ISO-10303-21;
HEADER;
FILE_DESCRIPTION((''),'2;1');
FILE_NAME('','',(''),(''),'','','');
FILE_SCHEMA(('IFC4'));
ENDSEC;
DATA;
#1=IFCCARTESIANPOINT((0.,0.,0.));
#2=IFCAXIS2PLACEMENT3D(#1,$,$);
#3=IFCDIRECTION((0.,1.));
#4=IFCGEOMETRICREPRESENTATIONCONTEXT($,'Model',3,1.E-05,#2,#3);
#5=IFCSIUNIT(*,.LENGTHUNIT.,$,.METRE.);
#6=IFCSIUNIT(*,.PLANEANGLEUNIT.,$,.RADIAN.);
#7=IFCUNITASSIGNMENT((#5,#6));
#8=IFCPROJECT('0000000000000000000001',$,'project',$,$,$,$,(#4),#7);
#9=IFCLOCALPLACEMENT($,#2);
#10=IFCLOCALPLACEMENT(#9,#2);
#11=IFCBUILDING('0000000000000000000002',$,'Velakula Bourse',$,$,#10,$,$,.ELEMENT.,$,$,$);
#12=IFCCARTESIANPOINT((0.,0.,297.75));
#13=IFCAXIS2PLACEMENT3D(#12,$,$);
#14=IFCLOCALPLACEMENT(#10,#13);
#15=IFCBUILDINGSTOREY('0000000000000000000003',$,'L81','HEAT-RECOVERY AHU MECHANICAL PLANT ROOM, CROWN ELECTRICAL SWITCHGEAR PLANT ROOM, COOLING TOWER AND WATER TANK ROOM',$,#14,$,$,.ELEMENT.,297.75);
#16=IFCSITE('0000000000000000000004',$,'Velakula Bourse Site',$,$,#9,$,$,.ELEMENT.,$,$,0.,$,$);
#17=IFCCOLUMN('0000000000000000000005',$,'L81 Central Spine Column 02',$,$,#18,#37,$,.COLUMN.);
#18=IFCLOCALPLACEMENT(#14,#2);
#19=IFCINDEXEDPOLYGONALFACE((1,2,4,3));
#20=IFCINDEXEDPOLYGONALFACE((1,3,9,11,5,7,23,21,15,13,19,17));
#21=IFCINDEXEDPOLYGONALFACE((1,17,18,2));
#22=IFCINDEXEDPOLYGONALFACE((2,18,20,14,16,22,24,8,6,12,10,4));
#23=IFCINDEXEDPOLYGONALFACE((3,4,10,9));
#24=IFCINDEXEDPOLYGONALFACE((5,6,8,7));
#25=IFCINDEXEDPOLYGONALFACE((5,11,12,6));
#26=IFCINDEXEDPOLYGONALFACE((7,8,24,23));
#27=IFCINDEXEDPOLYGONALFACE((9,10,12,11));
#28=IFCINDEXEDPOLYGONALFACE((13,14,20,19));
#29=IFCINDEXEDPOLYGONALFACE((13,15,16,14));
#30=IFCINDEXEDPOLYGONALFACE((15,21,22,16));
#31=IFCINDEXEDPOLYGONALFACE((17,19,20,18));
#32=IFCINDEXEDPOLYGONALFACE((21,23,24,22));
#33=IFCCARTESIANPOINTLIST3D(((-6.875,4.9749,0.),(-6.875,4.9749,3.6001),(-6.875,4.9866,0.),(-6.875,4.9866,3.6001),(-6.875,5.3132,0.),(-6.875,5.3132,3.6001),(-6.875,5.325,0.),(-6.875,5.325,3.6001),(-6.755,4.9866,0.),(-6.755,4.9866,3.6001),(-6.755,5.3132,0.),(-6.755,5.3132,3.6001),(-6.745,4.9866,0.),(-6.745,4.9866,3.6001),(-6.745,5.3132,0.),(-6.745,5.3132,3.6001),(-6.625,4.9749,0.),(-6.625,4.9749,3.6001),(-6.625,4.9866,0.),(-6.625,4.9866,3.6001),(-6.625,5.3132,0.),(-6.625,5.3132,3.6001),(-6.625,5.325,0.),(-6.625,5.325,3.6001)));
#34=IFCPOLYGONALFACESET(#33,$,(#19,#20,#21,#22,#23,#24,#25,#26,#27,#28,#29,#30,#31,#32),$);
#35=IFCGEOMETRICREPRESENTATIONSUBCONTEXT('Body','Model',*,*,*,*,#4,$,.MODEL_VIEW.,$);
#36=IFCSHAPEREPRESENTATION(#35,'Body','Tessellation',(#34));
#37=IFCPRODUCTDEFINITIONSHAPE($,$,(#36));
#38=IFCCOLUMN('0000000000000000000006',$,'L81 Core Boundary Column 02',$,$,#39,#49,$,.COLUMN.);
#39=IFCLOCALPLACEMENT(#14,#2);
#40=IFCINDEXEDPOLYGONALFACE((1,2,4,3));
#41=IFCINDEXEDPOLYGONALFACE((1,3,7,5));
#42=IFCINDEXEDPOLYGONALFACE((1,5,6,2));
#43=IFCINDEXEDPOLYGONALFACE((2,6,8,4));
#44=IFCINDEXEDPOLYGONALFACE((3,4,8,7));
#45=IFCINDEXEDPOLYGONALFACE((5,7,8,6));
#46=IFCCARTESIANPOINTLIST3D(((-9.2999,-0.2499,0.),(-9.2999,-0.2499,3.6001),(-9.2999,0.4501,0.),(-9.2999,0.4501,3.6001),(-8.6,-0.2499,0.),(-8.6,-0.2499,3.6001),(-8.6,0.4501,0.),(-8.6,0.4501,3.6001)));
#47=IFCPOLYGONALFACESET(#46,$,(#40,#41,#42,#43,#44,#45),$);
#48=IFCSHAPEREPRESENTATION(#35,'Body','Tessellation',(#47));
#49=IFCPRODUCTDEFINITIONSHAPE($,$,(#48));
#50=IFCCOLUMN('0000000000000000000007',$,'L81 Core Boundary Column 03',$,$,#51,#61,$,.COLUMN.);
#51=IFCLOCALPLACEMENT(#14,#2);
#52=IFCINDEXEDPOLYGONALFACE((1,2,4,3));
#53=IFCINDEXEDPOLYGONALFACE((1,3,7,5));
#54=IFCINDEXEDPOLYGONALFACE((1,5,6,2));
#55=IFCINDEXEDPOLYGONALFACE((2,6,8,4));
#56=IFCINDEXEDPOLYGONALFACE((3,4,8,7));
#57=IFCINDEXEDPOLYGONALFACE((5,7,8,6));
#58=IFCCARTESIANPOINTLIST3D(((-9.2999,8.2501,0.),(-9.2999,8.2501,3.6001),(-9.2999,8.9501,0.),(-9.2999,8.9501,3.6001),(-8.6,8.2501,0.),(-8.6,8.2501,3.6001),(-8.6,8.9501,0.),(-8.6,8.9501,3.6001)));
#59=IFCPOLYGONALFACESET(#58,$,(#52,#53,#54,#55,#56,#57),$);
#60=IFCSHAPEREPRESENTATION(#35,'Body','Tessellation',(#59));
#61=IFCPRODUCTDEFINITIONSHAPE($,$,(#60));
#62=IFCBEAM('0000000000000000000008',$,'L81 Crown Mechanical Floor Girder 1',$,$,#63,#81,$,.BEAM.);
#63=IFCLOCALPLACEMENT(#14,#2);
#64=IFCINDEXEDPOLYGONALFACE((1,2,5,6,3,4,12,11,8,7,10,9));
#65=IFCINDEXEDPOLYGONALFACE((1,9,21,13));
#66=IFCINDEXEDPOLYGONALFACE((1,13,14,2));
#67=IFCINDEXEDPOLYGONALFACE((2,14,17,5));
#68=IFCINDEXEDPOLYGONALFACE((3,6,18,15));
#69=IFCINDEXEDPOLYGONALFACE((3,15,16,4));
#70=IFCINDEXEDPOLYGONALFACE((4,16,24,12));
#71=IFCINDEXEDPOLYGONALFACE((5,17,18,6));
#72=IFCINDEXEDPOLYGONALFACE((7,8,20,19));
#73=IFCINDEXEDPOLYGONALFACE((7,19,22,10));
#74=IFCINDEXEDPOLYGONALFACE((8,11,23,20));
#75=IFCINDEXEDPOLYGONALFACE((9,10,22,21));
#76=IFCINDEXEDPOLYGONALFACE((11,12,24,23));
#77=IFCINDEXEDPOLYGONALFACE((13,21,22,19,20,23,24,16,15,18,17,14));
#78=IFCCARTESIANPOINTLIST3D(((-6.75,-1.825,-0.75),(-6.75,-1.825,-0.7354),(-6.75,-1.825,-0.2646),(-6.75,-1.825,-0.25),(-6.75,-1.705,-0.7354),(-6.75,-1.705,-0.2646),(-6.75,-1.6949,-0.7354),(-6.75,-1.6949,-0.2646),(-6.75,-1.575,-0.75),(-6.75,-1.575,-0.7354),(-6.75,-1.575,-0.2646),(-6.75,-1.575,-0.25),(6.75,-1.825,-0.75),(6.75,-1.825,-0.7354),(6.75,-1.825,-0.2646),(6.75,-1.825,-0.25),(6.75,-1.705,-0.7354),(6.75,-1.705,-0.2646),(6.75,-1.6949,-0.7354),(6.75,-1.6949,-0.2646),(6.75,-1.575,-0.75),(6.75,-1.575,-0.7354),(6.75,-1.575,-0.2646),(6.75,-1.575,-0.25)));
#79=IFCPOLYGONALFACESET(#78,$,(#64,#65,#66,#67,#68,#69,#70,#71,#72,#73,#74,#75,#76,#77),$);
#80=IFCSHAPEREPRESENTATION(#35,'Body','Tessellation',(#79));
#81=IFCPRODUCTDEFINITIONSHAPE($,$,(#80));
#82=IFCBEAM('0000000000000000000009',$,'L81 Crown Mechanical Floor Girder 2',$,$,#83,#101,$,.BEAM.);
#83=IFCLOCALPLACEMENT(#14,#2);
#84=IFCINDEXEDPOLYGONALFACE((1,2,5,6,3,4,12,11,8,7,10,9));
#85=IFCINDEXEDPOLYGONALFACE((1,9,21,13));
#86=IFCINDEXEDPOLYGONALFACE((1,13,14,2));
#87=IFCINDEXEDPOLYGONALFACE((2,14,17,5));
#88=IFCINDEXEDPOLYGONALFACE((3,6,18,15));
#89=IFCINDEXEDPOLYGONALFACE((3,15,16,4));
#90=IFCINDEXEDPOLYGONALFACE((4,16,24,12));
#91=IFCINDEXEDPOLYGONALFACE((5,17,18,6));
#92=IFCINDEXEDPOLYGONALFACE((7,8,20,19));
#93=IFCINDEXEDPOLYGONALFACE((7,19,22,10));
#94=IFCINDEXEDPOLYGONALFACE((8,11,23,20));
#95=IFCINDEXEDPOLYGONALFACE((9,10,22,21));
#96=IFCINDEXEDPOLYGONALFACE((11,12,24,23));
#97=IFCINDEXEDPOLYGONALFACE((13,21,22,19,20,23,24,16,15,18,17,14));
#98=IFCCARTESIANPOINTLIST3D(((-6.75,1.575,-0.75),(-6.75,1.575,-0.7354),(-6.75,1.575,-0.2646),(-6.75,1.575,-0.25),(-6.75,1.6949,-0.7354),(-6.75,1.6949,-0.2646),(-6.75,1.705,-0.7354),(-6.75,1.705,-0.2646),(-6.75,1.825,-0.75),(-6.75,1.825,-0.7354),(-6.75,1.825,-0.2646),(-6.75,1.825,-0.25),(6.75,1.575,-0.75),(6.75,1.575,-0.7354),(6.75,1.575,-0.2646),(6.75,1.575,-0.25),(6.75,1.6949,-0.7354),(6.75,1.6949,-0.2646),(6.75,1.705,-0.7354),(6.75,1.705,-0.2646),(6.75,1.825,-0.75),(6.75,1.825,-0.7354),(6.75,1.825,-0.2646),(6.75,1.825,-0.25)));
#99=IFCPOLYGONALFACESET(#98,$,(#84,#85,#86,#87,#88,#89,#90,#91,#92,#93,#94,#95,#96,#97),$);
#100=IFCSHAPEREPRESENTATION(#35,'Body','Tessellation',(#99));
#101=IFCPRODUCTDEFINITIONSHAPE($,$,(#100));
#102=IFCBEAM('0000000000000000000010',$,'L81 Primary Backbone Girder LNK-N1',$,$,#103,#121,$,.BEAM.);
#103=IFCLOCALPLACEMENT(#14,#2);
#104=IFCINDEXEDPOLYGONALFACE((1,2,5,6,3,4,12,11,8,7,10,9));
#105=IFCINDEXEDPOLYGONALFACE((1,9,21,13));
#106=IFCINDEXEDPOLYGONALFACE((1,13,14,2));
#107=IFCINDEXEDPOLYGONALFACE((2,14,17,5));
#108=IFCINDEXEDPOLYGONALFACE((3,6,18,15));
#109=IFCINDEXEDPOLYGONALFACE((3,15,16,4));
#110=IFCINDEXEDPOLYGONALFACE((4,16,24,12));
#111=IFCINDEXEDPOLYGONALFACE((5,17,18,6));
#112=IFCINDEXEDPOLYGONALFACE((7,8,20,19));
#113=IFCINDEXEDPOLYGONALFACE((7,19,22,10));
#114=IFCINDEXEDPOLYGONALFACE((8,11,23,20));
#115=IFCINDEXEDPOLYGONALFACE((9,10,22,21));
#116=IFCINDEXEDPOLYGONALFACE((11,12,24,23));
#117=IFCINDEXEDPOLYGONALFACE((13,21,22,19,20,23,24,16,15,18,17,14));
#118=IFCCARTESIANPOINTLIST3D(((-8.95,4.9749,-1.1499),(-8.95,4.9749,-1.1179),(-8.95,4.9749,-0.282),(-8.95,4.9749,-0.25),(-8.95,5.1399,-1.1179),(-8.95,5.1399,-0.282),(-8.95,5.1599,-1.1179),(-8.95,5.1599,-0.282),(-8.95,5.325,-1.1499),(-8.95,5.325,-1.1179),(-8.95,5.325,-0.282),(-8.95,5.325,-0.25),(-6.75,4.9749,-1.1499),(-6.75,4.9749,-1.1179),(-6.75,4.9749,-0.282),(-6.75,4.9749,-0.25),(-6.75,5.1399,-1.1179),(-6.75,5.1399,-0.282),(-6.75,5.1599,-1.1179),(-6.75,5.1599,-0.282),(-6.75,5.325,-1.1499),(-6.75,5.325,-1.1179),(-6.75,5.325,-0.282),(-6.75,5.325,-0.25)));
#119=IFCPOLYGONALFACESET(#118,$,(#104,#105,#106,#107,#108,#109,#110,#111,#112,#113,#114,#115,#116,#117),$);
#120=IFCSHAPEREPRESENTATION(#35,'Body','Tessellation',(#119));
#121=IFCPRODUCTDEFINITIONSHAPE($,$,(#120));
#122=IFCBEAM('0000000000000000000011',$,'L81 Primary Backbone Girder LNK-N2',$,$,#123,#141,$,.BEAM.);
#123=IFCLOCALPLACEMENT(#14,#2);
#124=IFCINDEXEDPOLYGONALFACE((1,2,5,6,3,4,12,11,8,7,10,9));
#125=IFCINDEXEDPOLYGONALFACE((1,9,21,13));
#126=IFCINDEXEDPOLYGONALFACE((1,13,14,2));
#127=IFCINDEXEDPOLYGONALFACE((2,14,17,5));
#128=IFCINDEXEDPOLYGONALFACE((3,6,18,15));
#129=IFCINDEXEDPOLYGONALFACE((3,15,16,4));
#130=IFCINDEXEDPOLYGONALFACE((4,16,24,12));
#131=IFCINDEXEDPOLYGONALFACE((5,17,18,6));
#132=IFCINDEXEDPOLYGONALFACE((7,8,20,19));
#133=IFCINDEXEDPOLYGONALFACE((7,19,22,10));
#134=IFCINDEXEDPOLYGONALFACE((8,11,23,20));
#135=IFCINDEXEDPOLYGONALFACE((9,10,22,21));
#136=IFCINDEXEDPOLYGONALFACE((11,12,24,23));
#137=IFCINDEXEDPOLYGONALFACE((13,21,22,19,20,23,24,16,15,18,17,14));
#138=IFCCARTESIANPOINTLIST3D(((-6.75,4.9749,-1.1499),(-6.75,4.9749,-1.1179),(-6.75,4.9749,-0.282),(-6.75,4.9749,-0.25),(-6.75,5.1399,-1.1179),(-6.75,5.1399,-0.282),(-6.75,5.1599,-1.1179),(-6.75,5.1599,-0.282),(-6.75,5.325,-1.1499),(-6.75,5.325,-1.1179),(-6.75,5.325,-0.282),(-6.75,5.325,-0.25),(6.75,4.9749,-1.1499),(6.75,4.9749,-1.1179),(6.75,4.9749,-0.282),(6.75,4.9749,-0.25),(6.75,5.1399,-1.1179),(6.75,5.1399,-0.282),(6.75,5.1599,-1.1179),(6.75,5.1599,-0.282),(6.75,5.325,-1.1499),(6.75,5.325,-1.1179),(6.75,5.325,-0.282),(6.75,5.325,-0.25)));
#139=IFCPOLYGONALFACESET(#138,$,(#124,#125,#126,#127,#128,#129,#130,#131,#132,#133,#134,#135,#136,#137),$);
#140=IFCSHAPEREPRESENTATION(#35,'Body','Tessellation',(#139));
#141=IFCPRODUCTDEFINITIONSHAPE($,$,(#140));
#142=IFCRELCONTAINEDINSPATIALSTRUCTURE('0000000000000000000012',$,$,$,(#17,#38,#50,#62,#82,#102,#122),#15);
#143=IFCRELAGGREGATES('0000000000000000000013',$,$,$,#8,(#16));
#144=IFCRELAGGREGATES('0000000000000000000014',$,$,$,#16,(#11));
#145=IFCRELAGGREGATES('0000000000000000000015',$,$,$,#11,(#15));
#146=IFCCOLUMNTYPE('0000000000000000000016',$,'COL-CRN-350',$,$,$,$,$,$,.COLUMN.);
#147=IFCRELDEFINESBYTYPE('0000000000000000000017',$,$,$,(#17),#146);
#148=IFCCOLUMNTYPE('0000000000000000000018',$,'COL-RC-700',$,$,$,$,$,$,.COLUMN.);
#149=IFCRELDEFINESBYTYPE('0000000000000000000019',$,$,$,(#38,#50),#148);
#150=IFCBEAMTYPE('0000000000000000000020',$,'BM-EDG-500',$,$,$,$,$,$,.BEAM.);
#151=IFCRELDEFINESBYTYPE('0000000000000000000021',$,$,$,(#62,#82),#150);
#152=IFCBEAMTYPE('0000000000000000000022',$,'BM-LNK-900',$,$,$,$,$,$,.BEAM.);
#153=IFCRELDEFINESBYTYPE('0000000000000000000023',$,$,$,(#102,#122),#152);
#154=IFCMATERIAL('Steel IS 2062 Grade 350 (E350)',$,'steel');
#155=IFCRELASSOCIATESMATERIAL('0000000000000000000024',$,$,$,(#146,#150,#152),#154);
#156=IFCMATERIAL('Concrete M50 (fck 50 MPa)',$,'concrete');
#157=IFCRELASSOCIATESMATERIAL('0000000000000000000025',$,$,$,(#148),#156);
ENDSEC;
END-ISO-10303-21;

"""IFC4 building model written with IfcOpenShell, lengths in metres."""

from ifc_helpers import new_model, si_unit, direction, frame, origin, origin_2d, place, context, subcontext, project, spatial, rectangle, i_section, extrude, material, material_profile, profile_set, type_object, element, save


model = new_model("IFC4")

# Units and contexts
model_context = context("Model", 3, precision=1e-05, world=origin(), true_north=direction((0.0, 1.0)))
body_context = subcontext(model_context, "Body", "Model", "MODEL_VIEW")
ifc_project = project(units=[si_unit("LENGTHUNIT", "METRE"), si_unit("PLANEANGLEUNIT", "RADIAN")], contexts=[model_context])

# Site, building, storey
site_placement = place(None, origin())
site = spatial("IfcSite", under=ifc_project, at=site_placement, Name="Velakula Bourse Site", CompositionType="ELEMENT", RefElevation=0.0)
building_placement = place(site_placement, origin())
building = spatial("IfcBuilding", under=site, at=building_placement, Name="Velakula Bourse", CompositionType="ELEMENT")
storey_placement = place(building_placement, frame((0.0, 0.0, 297.75)))
storey = spatial("IfcBuildingStorey", under=building, at=storey_placement, Name="L81", Description="HEAT-RECOVERY AHU MECHANICAL PLANT ROOM, CROWN ELECTRICAL SWITCHGEAR PLANT ROOM, COOLING TOWER AND WATER TANK ROOM", CompositionType="ELEMENT", Elevation=297.75)

# Columns
ifc_material_1 = material(Name="Steel IS 2062 Grade 350 (E350)", Category="steel")
ifc_material_profile_1 = material_profile(ifc_material_1, i_section(OverallWidth=0.25, OverallDepth=0.3501, WebThickness=0.01, FlangeThickness=0.0117, at=origin_2d()), Name="Steel IS 2062 Grade 350 (E350)")
ifc_profile_set_1 = profile_set([ifc_material_profile_1], Name="Steel IS 2062 Grade 350 (E350)")
column_type_1 = type_object("IfcColumnType", Name="COL-CRN-350", PredefinedType="COLUMN", material=ifc_profile_set_1)
column_placement = place(storey_placement, frame((-6.75, 5.1499, 0.0), z_axis=(0.0, 0.0, 1.0), x_axis=(1.0, 0.0, 0.0)))
element("IfcColumn", 1, at=column_placement, inside=storey, type_object=column_type_1, Name="L81 Central Spine Column 02", PredefinedType="COLUMN", context=body_context, shape_type="SweptSolid", body=[
    extrude(i_section(OverallWidth=0.25, OverallDepth=0.3501, WebThickness=0.01, FlangeThickness=0.0117, at=origin_2d()), origin(), (0.0, 0.0, 1.0), 3.6001),
])
ifc_material_2 = material(Name="Concrete M50 (fck 50 MPa)", Category="concrete")
ifc_material_profile_2 = material_profile(ifc_material_2, rectangle(XDim=0.7, YDim=0.7, at=origin_2d()), Name="Concrete M50 (fck 50 MPa)")
ifc_profile_set_2 = profile_set([ifc_material_profile_2], Name="Concrete M50 (fck 50 MPa)")
column_type_2 = type_object("IfcColumnType", Name="COL-RC-700", PredefinedType="COLUMN", material=ifc_profile_set_2)
for number, where, z_axis, x_axis, name in (
    (2, (-8.95, 0.1001, 0.0), (0.0, 0.0, 1.0), (1.0, 0.0, 0.0), "L81 Core Boundary Column 02"),
    (3, (-8.95, 8.6001, 0.0), (0.0, 0.0, 1.0), (1.0, 0.0, 0.0), "L81 Core Boundary Column 03"),
):
    element("IfcColumn", number, at=place(storey_placement, frame(where, z_axis=z_axis, x_axis=x_axis)), inside=storey, type_object=column_type_2, Name=name, PredefinedType="COLUMN", context=body_context, shape_type="SweptSolid", body=[
        extrude(rectangle(XDim=0.7, YDim=0.7, at=origin_2d()), origin(), (0.0, 0.0, 1.0), 3.6001),
    ])

# Beams
ifc_material_profile_3 = material_profile(ifc_material_1, i_section(OverallWidth=0.25, OverallDepth=0.5, WebThickness=0.01, FlangeThickness=0.0146, at=origin_2d()), Name="Steel IS 2062 Grade 350 (E350)")
ifc_profile_set_3 = profile_set([ifc_material_profile_3], Name="Steel IS 2062 Grade 350 (E350)")
beam_type_1 = type_object("IfcBeamType", Name="BM-EDG-500", PredefinedType="BEAM", material=ifc_profile_set_3)
for number, where, z_axis, x_axis, name in (
    (4, (-6.75, -1.7, -0.5), (1.0, 0.0, 0.0), (0.0, 1.0, 0.0), "L81 Crown Mechanical Floor Girder 1"),
    (5, (-6.75, 1.7, -0.5), (1.0, 0.0, 0.0), (0.0, 1.0, 0.0), "L81 Crown Mechanical Floor Girder 2"),
):
    element("IfcBeam", number, at=place(storey_placement, frame(where, z_axis=z_axis, x_axis=x_axis)), inside=storey, type_object=beam_type_1, Name=name, PredefinedType="BEAM", context=body_context, shape_type="SweptSolid", body=[
        extrude(i_section(OverallWidth=0.25, OverallDepth=0.5, WebThickness=0.01, FlangeThickness=0.0146, at=origin_2d()), origin(), (0.0, 0.0, 1.0), 13.5),
    ])
ifc_material_profile_4 = material_profile(ifc_material_1, i_section(OverallWidth=0.3501, OverallDepth=0.8999, WebThickness=0.02, FlangeThickness=0.032, at=origin_2d()), Name="Steel IS 2062 Grade 350 (E350)")
ifc_profile_set_4 = profile_set([ifc_material_profile_4], Name="Steel IS 2062 Grade 350 (E350)")
beam_type_2 = type_object("IfcBeamType", Name="BM-LNK-900", PredefinedType="BEAM", material=ifc_profile_set_4)
beam_1_placement = place(storey_placement, frame((-8.95, 5.1499, -0.7), z_axis=(1.0, 0.0, 0.0), x_axis=(0.0, 1.0, 0.0)))
element("IfcBeam", 6, at=beam_1_placement, inside=storey, type_object=beam_type_2, Name="L81 Primary Backbone Girder LNK-N1", PredefinedType="BEAM", context=body_context, shape_type="SweptSolid", body=[
    extrude(i_section(OverallWidth=0.3501, OverallDepth=0.8999, WebThickness=0.02, FlangeThickness=0.032, at=origin_2d()), origin(), (0.0, 0.0, 1.0), 2.2),
])
beam_2_placement = place(storey_placement, frame((-6.75, 5.1499, -0.7), z_axis=(1.0, 0.0, 0.0), x_axis=(0.0, 1.0, 0.0)))
element("IfcBeam", 7, at=beam_2_placement, inside=storey, type_object=beam_type_2, Name="L81 Primary Backbone Girder LNK-N2", PredefinedType="BEAM", context=body_context, shape_type="SweptSolid", body=[
    extrude(i_section(OverallWidth=0.3501, OverallDepth=0.8999, WebThickness=0.02, FlangeThickness=0.032, at=origin_2d()), origin(), (0.0, 0.0, 1.0), 13.5),
])

save(model, "model.ifc")
